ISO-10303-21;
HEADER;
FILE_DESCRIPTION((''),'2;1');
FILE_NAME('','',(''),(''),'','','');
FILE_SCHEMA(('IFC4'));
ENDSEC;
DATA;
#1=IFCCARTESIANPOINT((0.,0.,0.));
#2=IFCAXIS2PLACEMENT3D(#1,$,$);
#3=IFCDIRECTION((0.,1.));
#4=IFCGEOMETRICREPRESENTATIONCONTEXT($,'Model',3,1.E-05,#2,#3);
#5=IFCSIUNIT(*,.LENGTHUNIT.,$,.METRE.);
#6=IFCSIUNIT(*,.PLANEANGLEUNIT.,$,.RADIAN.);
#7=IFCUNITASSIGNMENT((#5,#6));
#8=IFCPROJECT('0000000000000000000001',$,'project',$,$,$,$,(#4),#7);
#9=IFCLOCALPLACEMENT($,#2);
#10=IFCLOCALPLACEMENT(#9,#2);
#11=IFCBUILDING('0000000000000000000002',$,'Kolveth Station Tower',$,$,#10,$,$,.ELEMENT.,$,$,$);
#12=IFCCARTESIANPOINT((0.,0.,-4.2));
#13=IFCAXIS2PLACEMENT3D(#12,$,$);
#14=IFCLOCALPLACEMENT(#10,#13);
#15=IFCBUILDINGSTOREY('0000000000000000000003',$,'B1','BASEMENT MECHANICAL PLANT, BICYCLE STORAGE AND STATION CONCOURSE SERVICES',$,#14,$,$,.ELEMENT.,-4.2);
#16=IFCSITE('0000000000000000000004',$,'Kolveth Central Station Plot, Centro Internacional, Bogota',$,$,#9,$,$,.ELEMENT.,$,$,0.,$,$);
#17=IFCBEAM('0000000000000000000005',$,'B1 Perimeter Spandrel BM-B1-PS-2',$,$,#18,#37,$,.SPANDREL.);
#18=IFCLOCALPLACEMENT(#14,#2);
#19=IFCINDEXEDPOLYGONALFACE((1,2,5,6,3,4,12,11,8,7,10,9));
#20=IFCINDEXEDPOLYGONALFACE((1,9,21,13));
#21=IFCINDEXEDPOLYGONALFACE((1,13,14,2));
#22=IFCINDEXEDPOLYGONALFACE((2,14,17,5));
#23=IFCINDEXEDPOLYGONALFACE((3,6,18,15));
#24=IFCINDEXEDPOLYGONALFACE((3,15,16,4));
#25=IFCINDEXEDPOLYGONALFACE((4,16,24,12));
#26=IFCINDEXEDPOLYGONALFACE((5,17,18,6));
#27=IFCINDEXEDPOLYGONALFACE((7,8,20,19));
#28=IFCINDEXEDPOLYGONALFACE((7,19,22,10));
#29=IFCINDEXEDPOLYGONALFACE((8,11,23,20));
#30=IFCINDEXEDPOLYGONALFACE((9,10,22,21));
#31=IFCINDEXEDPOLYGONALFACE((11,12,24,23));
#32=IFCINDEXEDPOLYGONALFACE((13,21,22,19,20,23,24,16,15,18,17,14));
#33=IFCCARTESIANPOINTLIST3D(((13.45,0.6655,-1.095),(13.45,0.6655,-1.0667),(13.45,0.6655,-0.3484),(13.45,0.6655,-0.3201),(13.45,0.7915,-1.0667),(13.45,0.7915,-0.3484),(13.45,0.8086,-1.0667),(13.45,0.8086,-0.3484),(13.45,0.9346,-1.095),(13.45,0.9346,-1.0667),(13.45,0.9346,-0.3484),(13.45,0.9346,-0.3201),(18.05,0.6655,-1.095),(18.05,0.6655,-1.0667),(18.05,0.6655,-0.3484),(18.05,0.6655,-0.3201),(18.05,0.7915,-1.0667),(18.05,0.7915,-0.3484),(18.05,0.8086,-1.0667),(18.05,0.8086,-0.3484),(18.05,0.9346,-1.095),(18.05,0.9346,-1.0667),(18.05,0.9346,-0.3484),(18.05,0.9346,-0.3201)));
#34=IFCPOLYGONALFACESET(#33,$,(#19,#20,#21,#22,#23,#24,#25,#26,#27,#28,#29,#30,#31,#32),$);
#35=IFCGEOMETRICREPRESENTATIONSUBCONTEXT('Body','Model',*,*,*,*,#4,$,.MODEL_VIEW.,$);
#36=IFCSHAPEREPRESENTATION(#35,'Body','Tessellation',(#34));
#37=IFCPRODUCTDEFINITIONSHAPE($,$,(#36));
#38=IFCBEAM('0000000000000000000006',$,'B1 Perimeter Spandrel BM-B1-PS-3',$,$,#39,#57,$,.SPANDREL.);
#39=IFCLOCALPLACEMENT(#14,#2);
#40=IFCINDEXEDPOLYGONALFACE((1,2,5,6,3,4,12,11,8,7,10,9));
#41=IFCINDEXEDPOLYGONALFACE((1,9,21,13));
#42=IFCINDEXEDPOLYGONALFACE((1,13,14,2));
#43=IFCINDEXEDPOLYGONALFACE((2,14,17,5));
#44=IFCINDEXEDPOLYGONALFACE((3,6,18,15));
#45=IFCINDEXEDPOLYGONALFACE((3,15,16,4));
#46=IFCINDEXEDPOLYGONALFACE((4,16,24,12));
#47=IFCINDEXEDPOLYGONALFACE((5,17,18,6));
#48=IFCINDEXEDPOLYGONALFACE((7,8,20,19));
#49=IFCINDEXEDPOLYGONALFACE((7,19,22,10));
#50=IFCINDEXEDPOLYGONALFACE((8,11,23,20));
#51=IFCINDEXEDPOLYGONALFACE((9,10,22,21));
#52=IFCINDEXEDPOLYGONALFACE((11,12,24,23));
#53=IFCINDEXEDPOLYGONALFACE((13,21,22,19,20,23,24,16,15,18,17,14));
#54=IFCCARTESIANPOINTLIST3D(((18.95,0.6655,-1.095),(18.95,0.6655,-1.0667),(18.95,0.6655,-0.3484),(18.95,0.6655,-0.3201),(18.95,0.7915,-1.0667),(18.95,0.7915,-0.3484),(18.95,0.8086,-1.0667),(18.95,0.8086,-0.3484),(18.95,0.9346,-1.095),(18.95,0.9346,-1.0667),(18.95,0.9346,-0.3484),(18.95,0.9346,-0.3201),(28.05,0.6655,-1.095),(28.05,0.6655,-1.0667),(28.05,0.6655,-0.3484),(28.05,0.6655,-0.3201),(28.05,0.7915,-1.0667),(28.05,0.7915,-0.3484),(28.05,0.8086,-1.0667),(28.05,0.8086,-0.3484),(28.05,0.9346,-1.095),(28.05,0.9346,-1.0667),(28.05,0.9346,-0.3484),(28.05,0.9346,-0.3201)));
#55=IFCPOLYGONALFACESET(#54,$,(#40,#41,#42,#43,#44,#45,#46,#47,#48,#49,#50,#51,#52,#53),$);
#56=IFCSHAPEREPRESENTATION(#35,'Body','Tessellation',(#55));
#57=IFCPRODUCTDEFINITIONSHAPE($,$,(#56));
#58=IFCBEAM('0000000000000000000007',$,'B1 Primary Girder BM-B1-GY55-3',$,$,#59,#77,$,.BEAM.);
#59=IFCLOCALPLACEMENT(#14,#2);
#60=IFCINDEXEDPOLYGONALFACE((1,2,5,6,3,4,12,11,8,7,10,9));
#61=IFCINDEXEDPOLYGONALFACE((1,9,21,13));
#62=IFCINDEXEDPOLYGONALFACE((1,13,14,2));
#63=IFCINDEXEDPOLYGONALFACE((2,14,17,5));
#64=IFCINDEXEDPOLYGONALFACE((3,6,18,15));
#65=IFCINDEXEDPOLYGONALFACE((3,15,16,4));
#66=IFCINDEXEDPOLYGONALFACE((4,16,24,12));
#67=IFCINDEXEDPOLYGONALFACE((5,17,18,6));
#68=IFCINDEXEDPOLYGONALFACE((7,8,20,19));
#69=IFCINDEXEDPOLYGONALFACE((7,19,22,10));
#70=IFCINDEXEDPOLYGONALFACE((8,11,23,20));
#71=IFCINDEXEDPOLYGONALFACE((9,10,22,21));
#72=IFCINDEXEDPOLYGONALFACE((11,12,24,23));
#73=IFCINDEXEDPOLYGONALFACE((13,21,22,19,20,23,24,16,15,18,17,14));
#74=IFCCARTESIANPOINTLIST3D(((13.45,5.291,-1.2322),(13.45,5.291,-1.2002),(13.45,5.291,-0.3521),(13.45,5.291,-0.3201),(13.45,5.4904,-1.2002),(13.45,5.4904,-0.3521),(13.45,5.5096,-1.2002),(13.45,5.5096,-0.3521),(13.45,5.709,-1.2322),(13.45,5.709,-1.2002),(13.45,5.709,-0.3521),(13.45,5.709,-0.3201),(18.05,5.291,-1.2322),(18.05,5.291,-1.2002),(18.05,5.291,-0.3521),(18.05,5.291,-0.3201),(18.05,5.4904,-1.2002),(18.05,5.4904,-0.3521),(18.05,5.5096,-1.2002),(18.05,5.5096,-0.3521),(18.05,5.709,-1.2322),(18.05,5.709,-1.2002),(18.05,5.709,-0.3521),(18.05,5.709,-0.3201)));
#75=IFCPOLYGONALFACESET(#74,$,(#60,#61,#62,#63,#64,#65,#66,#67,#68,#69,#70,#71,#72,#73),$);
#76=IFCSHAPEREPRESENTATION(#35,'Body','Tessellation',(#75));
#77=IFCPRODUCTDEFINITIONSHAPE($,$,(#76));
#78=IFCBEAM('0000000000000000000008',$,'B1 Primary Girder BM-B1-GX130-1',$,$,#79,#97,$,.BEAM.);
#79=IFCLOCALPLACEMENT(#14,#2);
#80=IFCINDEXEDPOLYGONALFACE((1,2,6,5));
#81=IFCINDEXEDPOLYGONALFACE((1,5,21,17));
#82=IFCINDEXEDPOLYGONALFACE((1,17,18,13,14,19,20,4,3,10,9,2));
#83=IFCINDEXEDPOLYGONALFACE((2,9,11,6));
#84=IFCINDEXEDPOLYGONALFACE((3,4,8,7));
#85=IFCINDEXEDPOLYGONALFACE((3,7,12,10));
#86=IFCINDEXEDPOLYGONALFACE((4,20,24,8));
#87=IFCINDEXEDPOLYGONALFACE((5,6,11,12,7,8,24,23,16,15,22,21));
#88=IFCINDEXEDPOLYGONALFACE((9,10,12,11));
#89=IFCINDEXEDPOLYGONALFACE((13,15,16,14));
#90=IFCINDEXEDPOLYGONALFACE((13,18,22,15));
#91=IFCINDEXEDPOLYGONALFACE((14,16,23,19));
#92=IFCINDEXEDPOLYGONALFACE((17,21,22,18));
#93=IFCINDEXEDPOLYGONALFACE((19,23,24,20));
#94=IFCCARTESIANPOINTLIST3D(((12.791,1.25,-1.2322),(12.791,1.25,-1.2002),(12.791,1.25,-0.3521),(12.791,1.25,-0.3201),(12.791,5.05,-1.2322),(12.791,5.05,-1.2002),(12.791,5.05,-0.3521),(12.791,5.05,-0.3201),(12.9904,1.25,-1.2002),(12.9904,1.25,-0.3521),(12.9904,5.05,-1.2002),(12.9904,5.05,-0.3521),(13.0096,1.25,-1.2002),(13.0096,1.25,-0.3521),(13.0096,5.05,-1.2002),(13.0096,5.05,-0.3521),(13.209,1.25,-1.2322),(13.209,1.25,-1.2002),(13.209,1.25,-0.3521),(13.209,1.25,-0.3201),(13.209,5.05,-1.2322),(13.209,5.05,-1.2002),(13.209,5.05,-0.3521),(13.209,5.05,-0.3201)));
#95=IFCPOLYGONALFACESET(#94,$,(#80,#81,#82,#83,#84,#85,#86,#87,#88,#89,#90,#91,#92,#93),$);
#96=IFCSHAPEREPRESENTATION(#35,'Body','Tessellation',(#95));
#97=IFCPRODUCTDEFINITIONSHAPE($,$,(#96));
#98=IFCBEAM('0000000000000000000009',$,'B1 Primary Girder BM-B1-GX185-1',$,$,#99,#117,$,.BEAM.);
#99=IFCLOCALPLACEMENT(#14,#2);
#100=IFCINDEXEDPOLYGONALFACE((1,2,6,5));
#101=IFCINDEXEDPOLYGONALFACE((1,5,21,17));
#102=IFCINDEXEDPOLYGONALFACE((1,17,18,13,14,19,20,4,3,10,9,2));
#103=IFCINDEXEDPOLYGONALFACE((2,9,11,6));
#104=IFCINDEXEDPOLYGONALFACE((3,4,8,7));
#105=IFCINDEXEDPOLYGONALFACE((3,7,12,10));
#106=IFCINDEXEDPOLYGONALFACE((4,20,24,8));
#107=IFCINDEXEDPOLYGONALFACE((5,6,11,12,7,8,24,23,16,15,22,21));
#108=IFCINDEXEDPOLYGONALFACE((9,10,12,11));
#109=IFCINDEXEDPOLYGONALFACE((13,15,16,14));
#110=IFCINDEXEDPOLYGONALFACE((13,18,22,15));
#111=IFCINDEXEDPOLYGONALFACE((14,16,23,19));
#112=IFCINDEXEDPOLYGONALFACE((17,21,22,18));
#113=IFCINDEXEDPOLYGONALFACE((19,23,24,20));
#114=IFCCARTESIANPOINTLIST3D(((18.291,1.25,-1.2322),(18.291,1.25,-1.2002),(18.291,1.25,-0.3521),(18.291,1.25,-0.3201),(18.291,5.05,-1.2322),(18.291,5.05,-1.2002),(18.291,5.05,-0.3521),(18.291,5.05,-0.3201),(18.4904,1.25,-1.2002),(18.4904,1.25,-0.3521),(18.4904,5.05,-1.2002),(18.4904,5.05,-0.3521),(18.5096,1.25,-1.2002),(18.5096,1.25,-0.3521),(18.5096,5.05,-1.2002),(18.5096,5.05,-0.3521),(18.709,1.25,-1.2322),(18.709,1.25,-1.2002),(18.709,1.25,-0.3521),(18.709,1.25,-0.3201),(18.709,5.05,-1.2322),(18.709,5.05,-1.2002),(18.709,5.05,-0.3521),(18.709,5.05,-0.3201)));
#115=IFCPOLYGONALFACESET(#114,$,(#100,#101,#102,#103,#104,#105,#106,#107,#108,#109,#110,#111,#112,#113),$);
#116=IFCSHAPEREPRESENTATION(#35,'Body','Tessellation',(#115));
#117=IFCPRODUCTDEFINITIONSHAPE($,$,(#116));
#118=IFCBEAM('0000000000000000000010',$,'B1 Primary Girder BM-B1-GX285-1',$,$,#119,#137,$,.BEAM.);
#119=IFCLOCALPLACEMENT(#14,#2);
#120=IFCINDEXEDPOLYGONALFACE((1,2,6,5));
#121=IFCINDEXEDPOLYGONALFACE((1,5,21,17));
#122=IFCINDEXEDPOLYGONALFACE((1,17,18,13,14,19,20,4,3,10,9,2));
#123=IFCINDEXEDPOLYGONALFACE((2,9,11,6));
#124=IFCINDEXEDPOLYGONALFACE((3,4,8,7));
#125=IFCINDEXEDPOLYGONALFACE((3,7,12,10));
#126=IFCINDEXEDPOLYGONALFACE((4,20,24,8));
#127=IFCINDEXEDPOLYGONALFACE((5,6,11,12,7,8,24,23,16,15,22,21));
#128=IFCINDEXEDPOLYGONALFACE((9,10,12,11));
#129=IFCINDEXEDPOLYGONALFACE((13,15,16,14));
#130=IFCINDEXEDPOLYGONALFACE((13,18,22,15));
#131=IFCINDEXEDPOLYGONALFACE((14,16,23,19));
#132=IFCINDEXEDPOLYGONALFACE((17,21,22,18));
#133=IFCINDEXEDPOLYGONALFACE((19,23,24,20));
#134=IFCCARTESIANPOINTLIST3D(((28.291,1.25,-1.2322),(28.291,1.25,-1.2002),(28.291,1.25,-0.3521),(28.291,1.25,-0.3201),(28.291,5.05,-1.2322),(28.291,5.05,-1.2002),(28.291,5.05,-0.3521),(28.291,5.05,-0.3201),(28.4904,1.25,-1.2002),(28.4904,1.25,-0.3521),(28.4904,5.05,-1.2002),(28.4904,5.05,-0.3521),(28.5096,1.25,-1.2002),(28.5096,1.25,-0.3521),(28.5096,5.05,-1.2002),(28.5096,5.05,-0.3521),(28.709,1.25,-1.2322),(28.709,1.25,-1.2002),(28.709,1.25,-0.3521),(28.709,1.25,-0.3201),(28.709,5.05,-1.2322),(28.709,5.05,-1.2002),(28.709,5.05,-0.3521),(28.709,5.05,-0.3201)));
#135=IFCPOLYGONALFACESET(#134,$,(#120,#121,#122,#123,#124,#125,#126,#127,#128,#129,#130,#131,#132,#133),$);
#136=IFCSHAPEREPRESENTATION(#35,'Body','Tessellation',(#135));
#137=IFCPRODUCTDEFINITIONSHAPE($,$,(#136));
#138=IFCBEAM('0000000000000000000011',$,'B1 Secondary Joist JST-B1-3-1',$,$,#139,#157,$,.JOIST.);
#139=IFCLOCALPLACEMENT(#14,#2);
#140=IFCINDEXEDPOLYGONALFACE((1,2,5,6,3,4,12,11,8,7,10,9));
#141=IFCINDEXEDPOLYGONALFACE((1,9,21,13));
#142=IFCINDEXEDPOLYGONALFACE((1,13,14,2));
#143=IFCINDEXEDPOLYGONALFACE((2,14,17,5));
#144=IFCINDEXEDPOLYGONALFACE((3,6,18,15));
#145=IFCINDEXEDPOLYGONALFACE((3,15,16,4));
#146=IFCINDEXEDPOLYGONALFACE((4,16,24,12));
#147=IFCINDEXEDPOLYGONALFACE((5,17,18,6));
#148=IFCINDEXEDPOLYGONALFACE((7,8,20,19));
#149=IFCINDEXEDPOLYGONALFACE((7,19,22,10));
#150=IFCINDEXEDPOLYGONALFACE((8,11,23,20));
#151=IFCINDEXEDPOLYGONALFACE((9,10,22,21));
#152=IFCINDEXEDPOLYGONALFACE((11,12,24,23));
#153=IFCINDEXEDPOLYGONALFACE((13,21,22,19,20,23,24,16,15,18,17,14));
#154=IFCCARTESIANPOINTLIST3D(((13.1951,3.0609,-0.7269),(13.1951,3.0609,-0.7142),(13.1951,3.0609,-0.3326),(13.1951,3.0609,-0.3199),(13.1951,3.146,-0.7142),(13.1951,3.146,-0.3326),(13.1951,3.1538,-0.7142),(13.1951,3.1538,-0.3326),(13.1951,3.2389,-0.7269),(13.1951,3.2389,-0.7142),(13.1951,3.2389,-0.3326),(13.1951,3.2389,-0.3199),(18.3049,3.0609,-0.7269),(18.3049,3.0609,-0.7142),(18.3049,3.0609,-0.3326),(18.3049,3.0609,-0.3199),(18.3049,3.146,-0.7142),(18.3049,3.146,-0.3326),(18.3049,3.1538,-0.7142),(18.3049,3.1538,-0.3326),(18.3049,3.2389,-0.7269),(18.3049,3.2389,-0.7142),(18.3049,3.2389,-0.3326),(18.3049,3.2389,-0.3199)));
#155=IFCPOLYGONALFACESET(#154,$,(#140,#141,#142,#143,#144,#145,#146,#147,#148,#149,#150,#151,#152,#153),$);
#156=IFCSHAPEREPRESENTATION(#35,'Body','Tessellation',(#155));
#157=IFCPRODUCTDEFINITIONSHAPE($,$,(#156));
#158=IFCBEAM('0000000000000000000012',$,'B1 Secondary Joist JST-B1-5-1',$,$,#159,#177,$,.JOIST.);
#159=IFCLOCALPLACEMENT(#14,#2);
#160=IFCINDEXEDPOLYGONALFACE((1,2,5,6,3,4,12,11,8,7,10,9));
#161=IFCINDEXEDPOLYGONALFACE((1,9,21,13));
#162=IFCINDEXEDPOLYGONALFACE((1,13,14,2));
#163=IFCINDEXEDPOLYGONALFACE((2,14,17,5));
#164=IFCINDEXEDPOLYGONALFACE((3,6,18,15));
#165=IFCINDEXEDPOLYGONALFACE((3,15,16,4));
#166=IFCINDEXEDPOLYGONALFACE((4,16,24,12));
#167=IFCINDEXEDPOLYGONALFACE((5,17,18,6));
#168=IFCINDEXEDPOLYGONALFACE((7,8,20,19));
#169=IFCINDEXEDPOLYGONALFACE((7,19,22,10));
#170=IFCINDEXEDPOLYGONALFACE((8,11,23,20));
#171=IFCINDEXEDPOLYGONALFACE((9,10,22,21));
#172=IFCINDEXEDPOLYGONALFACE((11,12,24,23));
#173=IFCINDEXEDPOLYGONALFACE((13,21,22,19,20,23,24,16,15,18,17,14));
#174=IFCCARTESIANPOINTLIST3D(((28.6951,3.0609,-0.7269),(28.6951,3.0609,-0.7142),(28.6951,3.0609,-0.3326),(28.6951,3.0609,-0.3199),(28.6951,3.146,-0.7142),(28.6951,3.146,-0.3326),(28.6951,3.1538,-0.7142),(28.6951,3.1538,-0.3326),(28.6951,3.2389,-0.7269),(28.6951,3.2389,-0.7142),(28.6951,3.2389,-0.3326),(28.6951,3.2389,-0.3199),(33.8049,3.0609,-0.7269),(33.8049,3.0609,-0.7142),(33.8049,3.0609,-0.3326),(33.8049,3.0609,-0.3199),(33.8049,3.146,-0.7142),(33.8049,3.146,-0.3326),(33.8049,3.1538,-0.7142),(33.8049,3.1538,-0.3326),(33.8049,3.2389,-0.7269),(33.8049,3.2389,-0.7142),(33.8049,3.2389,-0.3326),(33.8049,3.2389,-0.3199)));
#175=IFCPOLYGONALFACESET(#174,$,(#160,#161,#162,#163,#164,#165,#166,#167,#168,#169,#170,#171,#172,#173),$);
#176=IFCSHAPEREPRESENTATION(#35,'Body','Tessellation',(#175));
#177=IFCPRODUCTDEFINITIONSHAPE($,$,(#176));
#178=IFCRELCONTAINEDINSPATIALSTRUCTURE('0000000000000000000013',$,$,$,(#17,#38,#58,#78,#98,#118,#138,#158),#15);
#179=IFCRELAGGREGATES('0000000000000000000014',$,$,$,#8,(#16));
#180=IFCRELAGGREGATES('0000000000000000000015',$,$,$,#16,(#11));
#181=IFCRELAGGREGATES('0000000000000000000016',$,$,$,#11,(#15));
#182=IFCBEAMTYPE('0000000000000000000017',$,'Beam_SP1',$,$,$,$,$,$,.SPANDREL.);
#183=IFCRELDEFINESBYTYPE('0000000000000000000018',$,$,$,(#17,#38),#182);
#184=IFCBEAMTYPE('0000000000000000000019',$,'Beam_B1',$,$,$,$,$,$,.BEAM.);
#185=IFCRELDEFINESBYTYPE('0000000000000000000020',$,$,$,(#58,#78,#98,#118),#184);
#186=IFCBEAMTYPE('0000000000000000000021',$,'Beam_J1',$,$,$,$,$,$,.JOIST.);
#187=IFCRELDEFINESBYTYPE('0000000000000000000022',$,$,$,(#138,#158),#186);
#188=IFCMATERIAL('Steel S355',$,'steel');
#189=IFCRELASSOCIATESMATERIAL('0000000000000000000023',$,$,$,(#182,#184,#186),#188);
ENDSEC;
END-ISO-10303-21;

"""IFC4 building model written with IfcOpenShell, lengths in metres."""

from ifc_helpers import new_model, si_unit, direction, frame, origin, origin_2d, place, context, subcontext, project, spatial, i_section, extrude, source, transform, mapped, material, material_profile, profile_set, type_object, element, save


model = new_model("IFC4")

# Units and contexts
model_context = context("Model", 3, precision=1e-05, world=origin(), true_north=direction((0.0, 1.0)))
body_context = subcontext(model_context, "Body", "Model", "MODEL_VIEW")
ifc_project = project(units=[si_unit("LENGTHUNIT", "METRE"), si_unit("PLANEANGLEUNIT", "RADIAN")], contexts=[model_context])

# Site, building, storey
site_placement = place(None, origin())
site = spatial("IfcSite", under=ifc_project, at=site_placement, Name="Kolveth Central Station Plot, Centro Internacional, Bogota", CompositionType="ELEMENT", RefElevation=0.0)
building_placement = place(site_placement, origin())
building = spatial("IfcBuilding", under=site, at=building_placement, Name="Kolveth Station Tower", CompositionType="ELEMENT")
storey_placement = place(building_placement, frame((0.0, 0.0, -4.2)))
storey = spatial("IfcBuildingStorey", under=building, at=storey_placement, Name="B1", Description="BASEMENT MECHANICAL PLANT, BICYCLE STORAGE AND STATION CONCOURSE SERVICES", CompositionType="ELEMENT", Elevation=-4.2)

# Shared definitions
ifc_material_1 = material(Name="Steel S355", Category="steel")

# Beams
ifc_material_profile_1 = material_profile(ifc_material_1, i_section(OverallWidth=0.269, OverallDepth=0.7749, WebThickness=0.0171, FlangeThickness=0.0283, at=origin_2d()), Name="W760x220")
ifc_profile_set_1 = profile_set([ifc_material_profile_1], Name="Steel S355")
beam_type_1 = type_object("IfcBeamType", Name="Beam_SP1", PredefinedType="SPANDREL", material=ifc_profile_set_1)
shared_shape_1 = source(origin(), body_context, "Body", "SweptSolid", [
    extrude(i_section(OverallWidth=0.269, OverallDepth=0.7749, WebThickness=0.0171, FlangeThickness=0.0283, at=origin_2d()), origin(), (0.0, 0.0, 1.0), 4.6001),
])
beam_1_placement = place(storey_placement, frame((13.45, 0.8, -0.7075), z_axis=(1.0, 0.0, 0.0), x_axis=(0.0, 1.0, 0.0)))
element("IfcBeam", 1, at=beam_1_placement, inside=storey, type_object=beam_type_1, Name="B1 Perimeter Spandrel BM-B1-PS-2", PredefinedType="SPANDREL", context=body_context, shape_type="MappedRepresentation", body=[
    mapped(shared_shape_1, transform((0.0, 0.0, 0.0), x_axis=(1.0, 0.0, 0.0), y_axis=(0.0, 1.0, 0.0), z_axis=(0.0, 0.0, 1.0), scale=1.0)),
])
shared_shape_2 = source(origin(), body_context, "Body", "SweptSolid", [
    extrude(i_section(OverallWidth=0.269, OverallDepth=0.7749, WebThickness=0.0171, FlangeThickness=0.0283, at=origin_2d()), origin(), (0.0, 0.0, 1.0), 9.1001),
])
beam_2_placement = place(storey_placement, frame((18.95, 0.8, -0.7075), z_axis=(1.0, 0.0, 0.0), x_axis=(0.0, 1.0, 0.0)))
element("IfcBeam", 2, at=beam_2_placement, inside=storey, type_object=beam_type_1, Name="B1 Perimeter Spandrel BM-B1-PS-3", PredefinedType="SPANDREL", context=body_context, shape_type="MappedRepresentation", body=[
    mapped(shared_shape_2, transform((0.0, 0.0, 0.0), x_axis=(1.0, 0.0, 0.0), y_axis=(0.0, 1.0, 0.0), z_axis=(0.0, 0.0, 1.0), scale=1.0)),
])
ifc_material_profile_2 = material_profile(ifc_material_1, i_section(OverallWidth=0.418, OverallDepth=0.9121, WebThickness=0.0193, FlangeThickness=0.032, at=origin_2d()), Name="W920x342")
ifc_profile_set_2 = profile_set([ifc_material_profile_2], Name="Steel S355")
beam_type_2 = type_object("IfcBeamType", Name="Beam_B1", PredefinedType="BEAM", material=ifc_profile_set_2)
shared_shape_3 = source(origin(), body_context, "Body", "SweptSolid", [
    extrude(i_section(OverallWidth=0.418, OverallDepth=0.9121, WebThickness=0.0193, FlangeThickness=0.032, at=origin_2d()), origin(), (0.0, 0.0, 1.0), 4.6001),
])
beam_3_placement = place(storey_placement, frame((13.45, 5.5, -0.7761), z_axis=(1.0, 0.0, 0.0), x_axis=(0.0, 1.0, 0.0)))
element("IfcBeam", 3, at=beam_3_placement, inside=storey, type_object=beam_type_2, Name="B1 Primary Girder BM-B1-GY55-3", PredefinedType="BEAM", context=body_context, shape_type="MappedRepresentation", body=[
    mapped(shared_shape_3, transform((0.0, 0.0, 0.0), x_axis=(1.0, 0.0, 0.0), y_axis=(0.0, 1.0, 0.0), z_axis=(0.0, 0.0, 1.0), scale=1.0)),
])
shared_shape_4 = source(origin(), body_context, "Body", "SweptSolid", [
    extrude(i_section(OverallWidth=0.418, OverallDepth=0.9121, WebThickness=0.0193, FlangeThickness=0.032, at=origin_2d()), origin(), (0.0, 0.0, 1.0), 3.8),
])
for number, where, z_axis, x_axis, name in (
    (4, (13.0, 1.25, -0.7761), (0.0, 1.0, 0.0), (-1.0, 0.0, 0.0), "B1 Primary Girder BM-B1-GX130-1"),
    (5, (18.5, 1.25, -0.7761), (0.0, 1.0, 0.0), (-1.0, 0.0, 0.0), "B1 Primary Girder BM-B1-GX185-1"),
    (6, (28.5, 1.25, -0.7761), (0.0, 1.0, 0.0), (-1.0, 0.0, 0.0), "B1 Primary Girder BM-B1-GX285-1"),
):
    element("IfcBeam", number, at=place(storey_placement, frame(where, z_axis=z_axis, x_axis=x_axis)), inside=storey, type_object=beam_type_2, Name=name, PredefinedType="BEAM", context=body_context, shape_type="MappedRepresentation", body=[
        mapped(shared_shape_4, transform((0.0, 0.0, 0.0), x_axis=(1.0, 0.0, 0.0), y_axis=(0.0, 1.0, 0.0), z_axis=(0.0, 0.0, 1.0), scale=1.0)),
    ])
ifc_material_profile_3 = material_profile(ifc_material_1, i_section(OverallWidth=0.178, OverallDepth=0.407, WebThickness=0.0078, FlangeThickness=0.0127, at=origin_2d()), Name="W410x60")
ifc_profile_set_3 = profile_set([ifc_material_profile_3], Name="Steel S355")
beam_type_3 = type_object("IfcBeamType", Name="Beam_J1", PredefinedType="JOIST", material=ifc_profile_set_3)
shared_shape_5 = source(origin(), body_context, "Body", "SweptSolid", [
    extrude(i_section(OverallWidth=0.178, OverallDepth=0.407, WebThickness=0.0078, FlangeThickness=0.0127, at=origin_2d()), origin(), (0.0, 0.0, 1.0), 5.1099),
])
for number, where, z_axis, x_axis, name in (
    (7, (13.1951, 3.1499, -0.5234), (1.0, 0.0, 0.0), (0.0, 1.0, 0.0), "B1 Secondary Joist JST-B1-3-1"),
    (8, (28.6951, 3.1499, -0.5234), (1.0, 0.0, 0.0), (0.0, 1.0, 0.0), "B1 Secondary Joist JST-B1-5-1"),
):
    element("IfcBeam", number, at=place(storey_placement, frame(where, z_axis=z_axis, x_axis=x_axis)), inside=storey, type_object=beam_type_3, Name=name, PredefinedType="JOIST", context=body_context, shape_type="MappedRepresentation", body=[
        mapped(shared_shape_5, transform((0.0, 0.0, 0.0), x_axis=(1.0, 0.0, 0.0), y_axis=(0.0, 1.0, 0.0), z_axis=(0.0, 0.0, 1.0), scale=1.0)),
    ])

save(model, "model.ifc")
